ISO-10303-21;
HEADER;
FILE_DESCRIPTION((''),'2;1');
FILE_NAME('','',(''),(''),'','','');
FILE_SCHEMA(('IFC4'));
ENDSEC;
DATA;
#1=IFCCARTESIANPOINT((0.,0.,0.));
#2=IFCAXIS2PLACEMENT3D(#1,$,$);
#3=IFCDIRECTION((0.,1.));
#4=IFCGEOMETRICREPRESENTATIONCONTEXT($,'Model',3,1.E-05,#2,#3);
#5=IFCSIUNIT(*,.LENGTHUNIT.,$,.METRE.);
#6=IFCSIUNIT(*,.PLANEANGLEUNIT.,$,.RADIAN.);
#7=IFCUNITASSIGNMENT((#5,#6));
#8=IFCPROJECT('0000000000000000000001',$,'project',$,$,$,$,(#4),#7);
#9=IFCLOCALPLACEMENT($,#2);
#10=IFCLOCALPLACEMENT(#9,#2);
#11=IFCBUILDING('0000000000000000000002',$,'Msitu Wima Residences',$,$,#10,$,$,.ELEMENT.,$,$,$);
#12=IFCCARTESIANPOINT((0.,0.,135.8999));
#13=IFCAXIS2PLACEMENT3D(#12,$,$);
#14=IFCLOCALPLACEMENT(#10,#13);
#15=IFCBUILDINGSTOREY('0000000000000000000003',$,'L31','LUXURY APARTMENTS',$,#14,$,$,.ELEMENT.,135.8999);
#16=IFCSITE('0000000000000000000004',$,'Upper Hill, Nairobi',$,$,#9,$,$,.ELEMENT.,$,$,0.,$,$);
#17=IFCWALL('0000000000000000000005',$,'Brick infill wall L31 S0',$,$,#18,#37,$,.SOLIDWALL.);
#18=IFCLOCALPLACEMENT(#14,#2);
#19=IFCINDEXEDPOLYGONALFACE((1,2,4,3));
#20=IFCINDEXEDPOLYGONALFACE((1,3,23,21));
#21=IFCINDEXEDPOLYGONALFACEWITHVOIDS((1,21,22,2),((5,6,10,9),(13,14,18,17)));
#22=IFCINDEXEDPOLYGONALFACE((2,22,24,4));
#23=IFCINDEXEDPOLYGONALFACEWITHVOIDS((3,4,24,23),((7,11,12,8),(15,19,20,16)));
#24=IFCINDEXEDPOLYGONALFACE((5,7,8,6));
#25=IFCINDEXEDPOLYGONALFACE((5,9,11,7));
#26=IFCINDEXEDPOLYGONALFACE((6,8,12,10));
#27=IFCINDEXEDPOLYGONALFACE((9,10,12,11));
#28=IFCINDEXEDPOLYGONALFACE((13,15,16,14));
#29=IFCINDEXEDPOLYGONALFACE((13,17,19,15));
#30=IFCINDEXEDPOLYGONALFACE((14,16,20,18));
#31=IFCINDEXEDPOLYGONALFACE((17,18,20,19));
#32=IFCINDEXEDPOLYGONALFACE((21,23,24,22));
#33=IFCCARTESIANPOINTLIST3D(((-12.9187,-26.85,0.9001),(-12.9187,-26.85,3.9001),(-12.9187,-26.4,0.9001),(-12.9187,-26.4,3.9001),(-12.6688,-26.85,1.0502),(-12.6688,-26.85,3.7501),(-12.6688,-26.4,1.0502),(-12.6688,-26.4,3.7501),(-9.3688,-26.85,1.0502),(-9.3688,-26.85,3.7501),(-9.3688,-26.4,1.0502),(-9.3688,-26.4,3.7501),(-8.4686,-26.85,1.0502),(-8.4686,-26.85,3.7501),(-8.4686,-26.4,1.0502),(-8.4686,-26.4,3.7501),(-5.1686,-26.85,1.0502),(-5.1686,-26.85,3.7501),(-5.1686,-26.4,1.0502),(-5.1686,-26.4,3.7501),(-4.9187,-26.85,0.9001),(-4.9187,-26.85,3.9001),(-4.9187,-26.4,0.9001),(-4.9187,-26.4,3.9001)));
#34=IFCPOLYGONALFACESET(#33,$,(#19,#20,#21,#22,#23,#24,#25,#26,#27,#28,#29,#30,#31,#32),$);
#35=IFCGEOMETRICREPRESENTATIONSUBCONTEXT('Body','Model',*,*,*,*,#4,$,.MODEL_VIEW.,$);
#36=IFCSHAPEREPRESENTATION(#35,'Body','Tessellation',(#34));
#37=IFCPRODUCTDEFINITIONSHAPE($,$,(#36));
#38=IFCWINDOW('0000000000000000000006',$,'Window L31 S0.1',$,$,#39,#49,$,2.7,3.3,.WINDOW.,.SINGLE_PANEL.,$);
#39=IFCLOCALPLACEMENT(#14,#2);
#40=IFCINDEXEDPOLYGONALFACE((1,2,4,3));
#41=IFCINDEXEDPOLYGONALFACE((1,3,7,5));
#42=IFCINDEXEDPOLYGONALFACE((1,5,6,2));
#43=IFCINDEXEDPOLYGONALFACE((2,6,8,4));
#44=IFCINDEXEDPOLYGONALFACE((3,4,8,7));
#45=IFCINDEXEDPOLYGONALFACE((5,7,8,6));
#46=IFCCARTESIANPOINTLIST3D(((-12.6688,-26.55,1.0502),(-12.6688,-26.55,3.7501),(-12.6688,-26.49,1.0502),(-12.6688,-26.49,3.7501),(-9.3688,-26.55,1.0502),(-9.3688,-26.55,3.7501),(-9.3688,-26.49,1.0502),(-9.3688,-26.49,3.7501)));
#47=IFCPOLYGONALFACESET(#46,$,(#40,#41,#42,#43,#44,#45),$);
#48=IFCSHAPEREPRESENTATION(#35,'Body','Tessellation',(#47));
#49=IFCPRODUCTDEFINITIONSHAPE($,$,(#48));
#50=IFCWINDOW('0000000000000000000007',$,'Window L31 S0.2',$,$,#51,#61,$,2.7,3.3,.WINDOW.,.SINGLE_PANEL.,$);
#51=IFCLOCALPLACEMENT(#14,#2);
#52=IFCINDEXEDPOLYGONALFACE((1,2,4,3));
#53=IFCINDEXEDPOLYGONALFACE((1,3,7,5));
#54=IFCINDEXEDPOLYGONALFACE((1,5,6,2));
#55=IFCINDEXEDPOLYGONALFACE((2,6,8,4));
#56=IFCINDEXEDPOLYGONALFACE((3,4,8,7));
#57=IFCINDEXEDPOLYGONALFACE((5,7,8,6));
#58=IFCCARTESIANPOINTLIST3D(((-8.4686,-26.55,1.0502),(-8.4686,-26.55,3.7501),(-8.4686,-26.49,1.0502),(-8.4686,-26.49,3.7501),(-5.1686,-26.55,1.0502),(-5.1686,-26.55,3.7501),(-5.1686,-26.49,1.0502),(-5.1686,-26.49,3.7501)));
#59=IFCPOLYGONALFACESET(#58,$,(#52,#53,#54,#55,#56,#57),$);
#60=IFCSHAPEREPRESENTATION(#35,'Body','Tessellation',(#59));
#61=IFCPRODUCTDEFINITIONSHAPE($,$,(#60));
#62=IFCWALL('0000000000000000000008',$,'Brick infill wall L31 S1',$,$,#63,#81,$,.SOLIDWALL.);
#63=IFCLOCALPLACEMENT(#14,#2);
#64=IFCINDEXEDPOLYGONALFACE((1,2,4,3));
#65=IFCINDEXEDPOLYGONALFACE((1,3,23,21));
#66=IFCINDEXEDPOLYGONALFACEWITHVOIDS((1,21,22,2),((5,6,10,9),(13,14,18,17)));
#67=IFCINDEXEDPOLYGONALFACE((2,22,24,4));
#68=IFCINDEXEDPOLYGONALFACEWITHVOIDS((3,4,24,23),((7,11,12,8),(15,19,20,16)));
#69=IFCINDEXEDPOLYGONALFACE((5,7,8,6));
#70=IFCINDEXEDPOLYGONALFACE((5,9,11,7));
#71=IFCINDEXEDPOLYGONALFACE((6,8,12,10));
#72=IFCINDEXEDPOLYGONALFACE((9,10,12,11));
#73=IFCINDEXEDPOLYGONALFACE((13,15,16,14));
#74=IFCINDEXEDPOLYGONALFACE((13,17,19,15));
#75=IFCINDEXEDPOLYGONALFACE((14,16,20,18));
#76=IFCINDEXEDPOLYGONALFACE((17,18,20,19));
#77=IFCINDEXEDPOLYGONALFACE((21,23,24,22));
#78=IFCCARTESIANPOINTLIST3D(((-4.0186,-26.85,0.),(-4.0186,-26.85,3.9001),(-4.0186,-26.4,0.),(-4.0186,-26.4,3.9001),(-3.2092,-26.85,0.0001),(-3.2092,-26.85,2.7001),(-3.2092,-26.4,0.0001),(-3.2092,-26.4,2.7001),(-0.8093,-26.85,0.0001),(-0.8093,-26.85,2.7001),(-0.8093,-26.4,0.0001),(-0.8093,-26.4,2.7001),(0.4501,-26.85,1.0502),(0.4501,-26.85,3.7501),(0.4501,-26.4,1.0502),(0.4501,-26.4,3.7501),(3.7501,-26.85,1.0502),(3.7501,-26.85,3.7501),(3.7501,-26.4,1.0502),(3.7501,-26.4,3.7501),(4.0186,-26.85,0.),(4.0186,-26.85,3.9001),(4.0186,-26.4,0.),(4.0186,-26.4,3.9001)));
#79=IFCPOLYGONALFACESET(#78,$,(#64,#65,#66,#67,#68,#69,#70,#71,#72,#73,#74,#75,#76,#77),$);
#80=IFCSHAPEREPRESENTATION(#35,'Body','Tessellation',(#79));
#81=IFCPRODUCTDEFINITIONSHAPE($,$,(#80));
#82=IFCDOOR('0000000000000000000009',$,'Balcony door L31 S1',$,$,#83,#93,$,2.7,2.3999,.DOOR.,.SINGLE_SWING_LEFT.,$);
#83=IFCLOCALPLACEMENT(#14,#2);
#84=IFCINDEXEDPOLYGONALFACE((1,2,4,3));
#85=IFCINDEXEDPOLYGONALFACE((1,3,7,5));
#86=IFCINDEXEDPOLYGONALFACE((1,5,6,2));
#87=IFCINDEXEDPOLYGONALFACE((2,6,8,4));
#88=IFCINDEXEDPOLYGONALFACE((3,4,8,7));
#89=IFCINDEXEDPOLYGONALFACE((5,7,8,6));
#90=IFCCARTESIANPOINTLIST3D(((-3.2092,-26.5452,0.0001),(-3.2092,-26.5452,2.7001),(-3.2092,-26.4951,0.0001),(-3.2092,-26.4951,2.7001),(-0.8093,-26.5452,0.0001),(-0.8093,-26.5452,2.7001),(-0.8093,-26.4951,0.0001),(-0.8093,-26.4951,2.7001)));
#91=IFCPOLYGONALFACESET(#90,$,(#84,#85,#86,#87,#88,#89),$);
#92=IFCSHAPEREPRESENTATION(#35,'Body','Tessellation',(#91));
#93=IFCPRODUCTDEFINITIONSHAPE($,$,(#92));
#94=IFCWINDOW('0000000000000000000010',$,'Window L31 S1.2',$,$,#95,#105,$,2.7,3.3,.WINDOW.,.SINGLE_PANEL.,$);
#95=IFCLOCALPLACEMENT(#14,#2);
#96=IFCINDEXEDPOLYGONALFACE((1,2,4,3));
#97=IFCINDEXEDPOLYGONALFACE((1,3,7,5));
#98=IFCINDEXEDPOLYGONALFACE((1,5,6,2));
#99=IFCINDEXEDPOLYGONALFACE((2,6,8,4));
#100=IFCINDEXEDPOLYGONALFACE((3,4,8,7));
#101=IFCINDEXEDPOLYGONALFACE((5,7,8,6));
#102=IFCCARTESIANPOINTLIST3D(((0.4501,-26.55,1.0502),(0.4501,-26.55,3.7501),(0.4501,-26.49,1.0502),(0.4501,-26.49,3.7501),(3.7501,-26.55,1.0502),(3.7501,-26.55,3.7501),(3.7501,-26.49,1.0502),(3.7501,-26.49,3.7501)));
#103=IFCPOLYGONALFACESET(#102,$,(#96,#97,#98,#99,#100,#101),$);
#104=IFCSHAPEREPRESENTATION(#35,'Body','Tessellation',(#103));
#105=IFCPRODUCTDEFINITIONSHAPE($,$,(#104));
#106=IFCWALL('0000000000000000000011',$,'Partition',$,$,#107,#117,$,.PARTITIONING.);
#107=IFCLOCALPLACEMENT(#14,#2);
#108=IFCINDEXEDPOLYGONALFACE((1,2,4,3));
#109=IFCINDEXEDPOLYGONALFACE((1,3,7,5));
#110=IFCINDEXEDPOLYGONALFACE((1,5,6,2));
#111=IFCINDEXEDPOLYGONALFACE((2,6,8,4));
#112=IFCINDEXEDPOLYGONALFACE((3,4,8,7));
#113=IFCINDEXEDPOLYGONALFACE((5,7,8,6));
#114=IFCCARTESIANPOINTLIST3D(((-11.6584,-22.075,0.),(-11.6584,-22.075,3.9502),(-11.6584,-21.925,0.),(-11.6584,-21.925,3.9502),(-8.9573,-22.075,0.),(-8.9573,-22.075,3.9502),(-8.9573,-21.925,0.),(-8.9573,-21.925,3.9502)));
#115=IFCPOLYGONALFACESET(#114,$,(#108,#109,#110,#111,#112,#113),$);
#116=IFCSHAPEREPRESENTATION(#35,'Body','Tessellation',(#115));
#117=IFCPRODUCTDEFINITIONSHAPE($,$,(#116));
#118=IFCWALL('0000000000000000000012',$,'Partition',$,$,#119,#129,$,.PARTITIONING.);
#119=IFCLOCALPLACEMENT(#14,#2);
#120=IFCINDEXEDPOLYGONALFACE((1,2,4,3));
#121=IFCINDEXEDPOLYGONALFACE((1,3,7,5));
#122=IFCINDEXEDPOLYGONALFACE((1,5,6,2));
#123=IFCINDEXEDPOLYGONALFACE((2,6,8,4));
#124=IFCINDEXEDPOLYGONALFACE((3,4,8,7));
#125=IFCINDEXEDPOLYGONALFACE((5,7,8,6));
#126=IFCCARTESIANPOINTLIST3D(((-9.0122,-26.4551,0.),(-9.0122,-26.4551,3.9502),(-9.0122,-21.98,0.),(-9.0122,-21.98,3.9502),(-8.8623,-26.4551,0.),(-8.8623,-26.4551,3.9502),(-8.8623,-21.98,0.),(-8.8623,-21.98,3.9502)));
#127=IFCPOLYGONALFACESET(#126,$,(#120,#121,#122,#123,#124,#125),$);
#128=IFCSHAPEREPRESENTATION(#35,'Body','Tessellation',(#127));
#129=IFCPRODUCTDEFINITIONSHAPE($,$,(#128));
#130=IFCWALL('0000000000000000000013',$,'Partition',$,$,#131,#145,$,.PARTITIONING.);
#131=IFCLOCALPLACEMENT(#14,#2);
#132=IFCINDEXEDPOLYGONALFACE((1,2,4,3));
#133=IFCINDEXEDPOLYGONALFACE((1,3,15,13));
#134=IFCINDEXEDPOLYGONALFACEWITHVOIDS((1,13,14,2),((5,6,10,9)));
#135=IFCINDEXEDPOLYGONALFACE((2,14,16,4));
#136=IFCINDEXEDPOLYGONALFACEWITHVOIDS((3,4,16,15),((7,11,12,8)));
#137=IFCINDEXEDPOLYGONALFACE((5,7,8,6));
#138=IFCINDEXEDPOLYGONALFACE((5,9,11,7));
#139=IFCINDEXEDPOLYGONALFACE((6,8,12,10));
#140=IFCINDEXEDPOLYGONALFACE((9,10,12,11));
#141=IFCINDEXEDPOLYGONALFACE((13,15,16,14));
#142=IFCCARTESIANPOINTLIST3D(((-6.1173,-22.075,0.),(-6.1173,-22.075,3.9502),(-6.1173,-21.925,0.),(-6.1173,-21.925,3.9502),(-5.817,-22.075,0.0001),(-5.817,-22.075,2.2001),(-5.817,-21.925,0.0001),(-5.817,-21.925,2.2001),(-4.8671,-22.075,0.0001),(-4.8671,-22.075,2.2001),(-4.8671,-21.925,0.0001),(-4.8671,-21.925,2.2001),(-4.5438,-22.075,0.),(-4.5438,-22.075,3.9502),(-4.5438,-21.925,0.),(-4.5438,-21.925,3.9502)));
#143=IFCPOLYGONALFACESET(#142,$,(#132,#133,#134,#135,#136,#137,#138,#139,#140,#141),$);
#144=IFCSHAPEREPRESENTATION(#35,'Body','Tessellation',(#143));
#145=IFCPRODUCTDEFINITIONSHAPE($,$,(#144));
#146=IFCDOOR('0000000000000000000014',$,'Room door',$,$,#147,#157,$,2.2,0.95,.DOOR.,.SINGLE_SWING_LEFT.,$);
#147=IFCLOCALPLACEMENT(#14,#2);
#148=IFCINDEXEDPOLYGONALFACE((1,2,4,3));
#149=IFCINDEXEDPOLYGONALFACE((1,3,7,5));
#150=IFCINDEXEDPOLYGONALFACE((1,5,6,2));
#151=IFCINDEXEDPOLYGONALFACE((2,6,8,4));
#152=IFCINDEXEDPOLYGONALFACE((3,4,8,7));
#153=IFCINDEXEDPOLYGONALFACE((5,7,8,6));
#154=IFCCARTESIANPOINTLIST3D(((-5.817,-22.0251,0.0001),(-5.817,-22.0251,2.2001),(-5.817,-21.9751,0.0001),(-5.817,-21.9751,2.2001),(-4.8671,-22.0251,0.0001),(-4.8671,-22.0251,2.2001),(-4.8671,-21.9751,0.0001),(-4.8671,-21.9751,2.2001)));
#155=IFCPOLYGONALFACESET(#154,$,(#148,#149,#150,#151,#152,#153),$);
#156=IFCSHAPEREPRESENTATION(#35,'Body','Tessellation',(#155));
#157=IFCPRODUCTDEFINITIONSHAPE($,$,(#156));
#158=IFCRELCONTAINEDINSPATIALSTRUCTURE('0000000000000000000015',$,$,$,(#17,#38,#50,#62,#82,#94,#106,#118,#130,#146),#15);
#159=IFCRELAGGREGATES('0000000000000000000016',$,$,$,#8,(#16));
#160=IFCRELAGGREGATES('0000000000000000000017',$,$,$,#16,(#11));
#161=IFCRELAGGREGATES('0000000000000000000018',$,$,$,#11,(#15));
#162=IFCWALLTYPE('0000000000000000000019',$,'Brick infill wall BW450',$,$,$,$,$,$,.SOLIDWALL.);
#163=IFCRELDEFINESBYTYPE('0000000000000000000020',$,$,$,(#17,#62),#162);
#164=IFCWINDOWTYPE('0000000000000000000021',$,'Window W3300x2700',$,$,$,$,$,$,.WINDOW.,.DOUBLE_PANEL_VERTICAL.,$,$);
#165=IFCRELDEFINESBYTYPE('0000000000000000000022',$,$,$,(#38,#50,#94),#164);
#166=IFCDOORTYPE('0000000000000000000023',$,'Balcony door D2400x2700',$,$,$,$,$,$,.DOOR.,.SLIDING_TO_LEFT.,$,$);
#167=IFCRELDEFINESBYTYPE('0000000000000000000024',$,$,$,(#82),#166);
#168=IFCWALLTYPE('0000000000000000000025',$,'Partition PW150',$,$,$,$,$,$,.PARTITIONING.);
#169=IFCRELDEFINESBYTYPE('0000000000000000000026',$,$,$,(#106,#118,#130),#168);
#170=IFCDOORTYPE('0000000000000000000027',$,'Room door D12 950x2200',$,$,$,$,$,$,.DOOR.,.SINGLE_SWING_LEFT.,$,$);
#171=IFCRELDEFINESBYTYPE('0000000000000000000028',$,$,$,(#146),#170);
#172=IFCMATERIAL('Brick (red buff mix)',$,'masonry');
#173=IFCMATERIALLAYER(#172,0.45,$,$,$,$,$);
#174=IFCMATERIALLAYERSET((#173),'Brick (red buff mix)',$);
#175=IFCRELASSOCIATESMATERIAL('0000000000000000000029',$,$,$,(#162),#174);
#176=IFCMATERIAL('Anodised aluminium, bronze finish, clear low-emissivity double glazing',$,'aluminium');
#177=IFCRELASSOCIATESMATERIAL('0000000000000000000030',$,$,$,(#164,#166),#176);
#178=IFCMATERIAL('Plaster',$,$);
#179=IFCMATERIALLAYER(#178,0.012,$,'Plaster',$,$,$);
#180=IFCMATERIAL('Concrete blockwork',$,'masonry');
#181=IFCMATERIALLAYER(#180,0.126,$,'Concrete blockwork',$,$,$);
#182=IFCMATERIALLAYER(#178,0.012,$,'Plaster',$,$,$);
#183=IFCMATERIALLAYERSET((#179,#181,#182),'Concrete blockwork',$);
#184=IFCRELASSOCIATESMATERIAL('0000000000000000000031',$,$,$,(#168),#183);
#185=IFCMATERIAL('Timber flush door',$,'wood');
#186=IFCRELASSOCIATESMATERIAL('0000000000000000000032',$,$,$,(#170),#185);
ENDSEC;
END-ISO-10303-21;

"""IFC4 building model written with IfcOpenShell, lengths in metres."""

from ifc_helpers import new_model, si_unit, direction, frame, frame_2d, origin, place, context, subcontext, project, spatial, rectangle, extrude, material, layer, layer_set, type_object, element, fill, save


model = new_model("IFC4")

# Units and contexts
model_context = context("Model", 3, precision=1e-05, world=origin(), true_north=direction((0.0, 1.0)))
body_context = subcontext(model_context, "Body", "Model", "MODEL_VIEW")
ifc_project = project(units=[si_unit("LENGTHUNIT", "METRE"), si_unit("PLANEANGLEUNIT", "RADIAN")], contexts=[model_context])

# Site, building, storey
site_placement = place(None, origin())
site = spatial("IfcSite", under=ifc_project, at=site_placement, Name="Upper Hill, Nairobi", CompositionType="ELEMENT", RefElevation=0.0)
building_placement = place(site_placement, origin())
building = spatial("IfcBuilding", under=site, at=building_placement, Name="Msitu Wima Residences", CompositionType="ELEMENT")
storey_placement = place(building_placement, frame((0.0, 0.0, 135.8999)))
storey = spatial("IfcBuildingStorey", under=building, at=storey_placement, Name="L31", Description="LUXURY APARTMENTS", CompositionType="ELEMENT", Elevation=135.8999)

# Wall, openings, windows
ifc_material_1 = material(Name="Brick (red buff mix)", Category="masonry")
ifc_layer_1 = layer(ifc_material_1, 0.45)
ifc_layer_set_1 = layer_set([ifc_layer_1], Name="Brick (red buff mix)")
wall_type_1 = type_object("IfcWallType", Name="Brick infill wall BW450", PredefinedType="SOLIDWALL", material=ifc_layer_set_1)
wall_1_placement = place(storey_placement, frame((-12.9187, -26.625, 0.9001), z_axis=(0.0, 0.0, 1.0), x_axis=(1.0, 0.0, 0.0)))
wall_1 = element("IfcWall", 1, at=wall_1_placement, inside=storey, type_object=wall_type_1, Name="Brick infill wall L31 S0", PredefinedType="SOLIDWALL", context=body_context, shape_type="SweptSolid", body=[
    extrude(rectangle(XDim=8.0, YDim=0.45, at=frame_2d((4.0, 0.0))), origin(), (0.0, 0.0, 1.0), 3.0),
])
opening_1_placement = place(wall_1_placement, frame((0.25, 0.0, 0.1499)))
opening_1 = element("IfcOpeningElement", 2, at=opening_1_placement, cuts=wall_1, PredefinedType="OPENING", context=body_context, shape_type="SweptSolid", body=[
    extrude(rectangle(XDim=3.3, YDim=2.7, at=frame_2d((1.6499, 1.3501))), frame((0.0, 0.2349, 0.0), z_axis=(0.0, -1.0, 0.0), x_axis=(1.0, 0.0, 0.0)), (0.0, 0.0, 1.0), 0.47),
])
opening_2_placement = place(wall_1_placement, frame((4.4502, 0.0, 0.1499)))
opening_2 = element("IfcOpeningElement", 3, at=opening_2_placement, cuts=wall_1, PredefinedType="OPENING", context=body_context, shape_type="SweptSolid", body=[
    extrude(rectangle(XDim=3.3, YDim=2.7, at=frame_2d((1.6499, 1.3501))), frame((0.0, 0.2349, 0.0), z_axis=(0.0, -1.0, 0.0), x_axis=(1.0, 0.0, 0.0)), (0.0, 0.0, 1.0), 0.47),
])
ifc_material_2 = material(Name="Anodised aluminium, bronze finish, clear low-emissivity double glazing", Category="aluminium")
window_type = type_object("IfcWindowType", Name="Window W3300x2700", PartitioningType="DOUBLE_PANEL_VERTICAL", PredefinedType="WINDOW", material=ifc_material_2)
window_1_placement = place(opening_1_placement, origin())
window_1 = element("IfcWindow", 4, at=window_1_placement, inside=storey, type_object=window_type, Name="Window L31 S0.1", OverallHeight=2.7, OverallWidth=3.3, PartitioningType="SINGLE_PANEL", PredefinedType="WINDOW", context=body_context, shape_type="SweptSolid", body=[
    extrude(rectangle(XDim=3.3, YDim=2.7, at=frame_2d((1.6499, 1.3501))), frame((0.0, 0.135, 0.0), z_axis=(0.0, -1.0, 0.0), x_axis=(1.0, 0.0, 0.0)), (0.0, 0.0, 1.0), 0.0601),
])
fill(opening_1, window_1)
window_2_placement = place(opening_2_placement, origin())
window_2 = element("IfcWindow", 5, at=window_2_placement, inside=storey, type_object=window_type, Name="Window L31 S0.2", OverallHeight=2.7, OverallWidth=3.3, PartitioningType="SINGLE_PANEL", PredefinedType="WINDOW", context=body_context, shape_type="SweptSolid", body=[
    extrude(rectangle(XDim=3.3, YDim=2.7, at=frame_2d((1.6499, 1.3501))), frame((0.0, 0.135, 0.0), z_axis=(0.0, -1.0, 0.0), x_axis=(1.0, 0.0, 0.0)), (0.0, 0.0, 1.0), 0.0601),
])
fill(opening_2, window_2)

# Wall, openings, door, window
wall_2_placement = place(storey_placement, frame((-4.0186, -26.625, 0.0), z_axis=(0.0, 0.0, 1.0), x_axis=(1.0, 0.0, 0.0)))
wall_2 = element("IfcWall", 6, at=wall_2_placement, inside=storey, type_object=wall_type_1, Name="Brick infill wall L31 S1", PredefinedType="SOLIDWALL", context=body_context, shape_type="SweptSolid", body=[
    extrude(rectangle(XDim=8.0371, YDim=0.45, at=frame_2d((4.0186, 0.0))), origin(), (0.0, 0.0, 1.0), 3.9001),
])
opening_3_placement = place(wall_2_placement, frame((0.8093, 0.0, 0.0)))
opening_3 = element("IfcOpeningElement", 7, at=opening_3_placement, cuts=wall_2, PredefinedType="OPENING", context=body_context, shape_type="SweptSolid", body=[
    extrude(rectangle(XDim=2.3999, YDim=2.7, at=frame_2d((1.2, 1.3501))), frame((0.0, 0.2349, 0.0), z_axis=(0.0, -1.0, 0.0), x_axis=(1.0, 0.0, 0.0)), (0.0, 0.0, 1.0), 0.47),
])
opening_4_placement = place(wall_2_placement, frame((4.4688, 0.0, 1.05)))
opening_4 = element("IfcOpeningElement", 8, at=opening_4_placement, cuts=wall_2, PredefinedType="OPENING", context=body_context, shape_type="SweptSolid", body=[
    extrude(rectangle(XDim=3.3, YDim=2.7, at=frame_2d((1.6499, 1.3501))), frame((0.0, 0.2349, 0.0), z_axis=(0.0, -1.0, 0.0), x_axis=(1.0, 0.0, 0.0)), (0.0, 0.0, 1.0), 0.47),
])
door_type_1 = type_object("IfcDoorType", Name="Balcony door D2400x2700", OperationType="SLIDING_TO_LEFT", PredefinedType="DOOR", material=ifc_material_2)
door_1_placement = place(opening_3_placement, origin())
door_1 = element("IfcDoor", 9, at=door_1_placement, inside=storey, type_object=door_type_1, Name="Balcony door L31 S1", OperationType="SINGLE_SWING_LEFT", OverallHeight=2.7, OverallWidth=2.3999, PredefinedType="DOOR", context=body_context, shape_type="SweptSolid", body=[
    extrude(rectangle(XDim=2.3999, YDim=2.7, at=frame_2d((1.2, 1.3501))), frame((0.0, 0.1299, 0.0), z_axis=(0.0, -1.0, 0.0), x_axis=(1.0, 0.0, 0.0)), (0.0, 0.0, 1.0), 0.05),
])
fill(opening_3, door_1)
window_3_placement = place(opening_4_placement, origin())
window_3 = element("IfcWindow", 10, at=window_3_placement, inside=storey, type_object=window_type, Name="Window L31 S1.2", OverallHeight=2.7, OverallWidth=3.3, PartitioningType="SINGLE_PANEL", PredefinedType="WINDOW", context=body_context, shape_type="SweptSolid", body=[
    extrude(rectangle(XDim=3.3, YDim=2.7, at=frame_2d((1.6499, 1.3501))), frame((0.0, 0.135, 0.0), z_axis=(0.0, -1.0, 0.0), x_axis=(1.0, 0.0, 0.0)), (0.0, 0.0, 1.0), 0.0601),
])
fill(opening_4, window_3)

# Walls
ifc_material_3 = material(Name="Plaster")
ifc_layer_2 = layer(ifc_material_3, 0.012, Name="Plaster")
ifc_material_4 = material(Name="Concrete blockwork", Category="masonry")
ifc_layer_3 = layer(ifc_material_4, 0.126, Name="Concrete blockwork")
ifc_layer_4 = layer(ifc_material_3, 0.012, Name="Plaster")
ifc_layer_set_2 = layer_set([ifc_layer_2, ifc_layer_3, ifc_layer_4], Name="Concrete blockwork")
wall_type_2 = type_object("IfcWallType", Name="Partition PW150", PredefinedType="PARTITIONING", material=ifc_layer_set_2)
wall_3_placement = place(storey_placement, frame((-11.6584, -22.0, 0.0), z_axis=(0.0, 0.0, 1.0), x_axis=(1.0, 0.0, 0.0)))
element("IfcWall", 11, at=wall_3_placement, inside=storey, type_object=wall_type_2, Name="Partition", PredefinedType="PARTITIONING", context=body_context, shape_type="SweptSolid", body=[
    extrude(rectangle(XDim=2.7012, YDim=0.1499, at=frame_2d((1.3506, 0.0))), origin(), (0.0, 0.0, 1.0), 3.9502),
])
wall_4_placement = place(storey_placement, frame((-8.9373, -26.4551, 0.0), z_axis=(0.0, 0.0, 1.0), x_axis=(0.0, 1.0, 0.0)))
element("IfcWall", 12, at=wall_4_placement, inside=storey, type_object=wall_type_2, Name="Partition", PredefinedType="PARTITIONING", context=body_context, shape_type="SweptSolid", body=[
    extrude(rectangle(XDim=4.4751, YDim=0.1499, at=frame_2d((2.2375, 0.0))), origin(), (0.0, 0.0, 1.0), 3.9502),
])

# Wall, opening, door
wall_5_placement = place(storey_placement, frame((-6.1172, -22.0, 0.0), z_axis=(0.0, 0.0, 1.0), x_axis=(1.0, 0.0, 0.0)))
wall_5 = element("IfcWall", 13, at=wall_5_placement, inside=storey, type_object=wall_type_2, Name="Partition", PredefinedType="PARTITIONING", context=body_context, shape_type="SweptSolid", body=[
    extrude(rectangle(XDim=1.5735, YDim=0.1499, at=frame_2d((0.7866, 0.0))), origin(), (0.0, 0.0, 1.0), 3.9502),
])
opening_5_placement = place(wall_5_placement, frame((0.3, 0.0, 0.0)))
opening_5 = element("IfcOpeningElement", 14, at=opening_5_placement, cuts=wall_5, PredefinedType="OPENING", context=body_context, shape_type="SweptSolid", body=[
    extrude(rectangle(XDim=0.95, YDim=2.2, at=frame_2d((0.4751, 1.1001))), frame((0.0, 0.085, 0.0), z_axis=(0.0, -1.0, 0.0), x_axis=(1.0, 0.0, 0.0)), (0.0, 0.0, 1.0), 0.1699),
])
ifc_material_5 = material(Name="Timber flush door", Category="wood")
door_type_2 = type_object("IfcDoorType", Name="Room door D12 950x2200", OperationType="SINGLE_SWING_LEFT", PredefinedType="DOOR", material=ifc_material_5)
door_2_placement = place(opening_5_placement, origin())
door_2 = element("IfcDoor", 15, at=door_2_placement, inside=storey, type_object=door_type_2, Name="Room door", OperationType="SINGLE_SWING_LEFT", OverallHeight=2.2, OverallWidth=0.95, PredefinedType="DOOR", context=body_context, shape_type="SweptSolid", body=[
    extrude(rectangle(XDim=0.95, YDim=2.2, at=frame_2d((0.4751, 1.1001))), frame((0.0, 0.0249, 0.0), z_axis=(0.0, -1.0, 0.0), x_axis=(1.0, 0.0, 0.0)), (0.0, 0.0, 1.0), 0.05),
])
fill(opening_5, door_2)

save(model, "model.ifc")
